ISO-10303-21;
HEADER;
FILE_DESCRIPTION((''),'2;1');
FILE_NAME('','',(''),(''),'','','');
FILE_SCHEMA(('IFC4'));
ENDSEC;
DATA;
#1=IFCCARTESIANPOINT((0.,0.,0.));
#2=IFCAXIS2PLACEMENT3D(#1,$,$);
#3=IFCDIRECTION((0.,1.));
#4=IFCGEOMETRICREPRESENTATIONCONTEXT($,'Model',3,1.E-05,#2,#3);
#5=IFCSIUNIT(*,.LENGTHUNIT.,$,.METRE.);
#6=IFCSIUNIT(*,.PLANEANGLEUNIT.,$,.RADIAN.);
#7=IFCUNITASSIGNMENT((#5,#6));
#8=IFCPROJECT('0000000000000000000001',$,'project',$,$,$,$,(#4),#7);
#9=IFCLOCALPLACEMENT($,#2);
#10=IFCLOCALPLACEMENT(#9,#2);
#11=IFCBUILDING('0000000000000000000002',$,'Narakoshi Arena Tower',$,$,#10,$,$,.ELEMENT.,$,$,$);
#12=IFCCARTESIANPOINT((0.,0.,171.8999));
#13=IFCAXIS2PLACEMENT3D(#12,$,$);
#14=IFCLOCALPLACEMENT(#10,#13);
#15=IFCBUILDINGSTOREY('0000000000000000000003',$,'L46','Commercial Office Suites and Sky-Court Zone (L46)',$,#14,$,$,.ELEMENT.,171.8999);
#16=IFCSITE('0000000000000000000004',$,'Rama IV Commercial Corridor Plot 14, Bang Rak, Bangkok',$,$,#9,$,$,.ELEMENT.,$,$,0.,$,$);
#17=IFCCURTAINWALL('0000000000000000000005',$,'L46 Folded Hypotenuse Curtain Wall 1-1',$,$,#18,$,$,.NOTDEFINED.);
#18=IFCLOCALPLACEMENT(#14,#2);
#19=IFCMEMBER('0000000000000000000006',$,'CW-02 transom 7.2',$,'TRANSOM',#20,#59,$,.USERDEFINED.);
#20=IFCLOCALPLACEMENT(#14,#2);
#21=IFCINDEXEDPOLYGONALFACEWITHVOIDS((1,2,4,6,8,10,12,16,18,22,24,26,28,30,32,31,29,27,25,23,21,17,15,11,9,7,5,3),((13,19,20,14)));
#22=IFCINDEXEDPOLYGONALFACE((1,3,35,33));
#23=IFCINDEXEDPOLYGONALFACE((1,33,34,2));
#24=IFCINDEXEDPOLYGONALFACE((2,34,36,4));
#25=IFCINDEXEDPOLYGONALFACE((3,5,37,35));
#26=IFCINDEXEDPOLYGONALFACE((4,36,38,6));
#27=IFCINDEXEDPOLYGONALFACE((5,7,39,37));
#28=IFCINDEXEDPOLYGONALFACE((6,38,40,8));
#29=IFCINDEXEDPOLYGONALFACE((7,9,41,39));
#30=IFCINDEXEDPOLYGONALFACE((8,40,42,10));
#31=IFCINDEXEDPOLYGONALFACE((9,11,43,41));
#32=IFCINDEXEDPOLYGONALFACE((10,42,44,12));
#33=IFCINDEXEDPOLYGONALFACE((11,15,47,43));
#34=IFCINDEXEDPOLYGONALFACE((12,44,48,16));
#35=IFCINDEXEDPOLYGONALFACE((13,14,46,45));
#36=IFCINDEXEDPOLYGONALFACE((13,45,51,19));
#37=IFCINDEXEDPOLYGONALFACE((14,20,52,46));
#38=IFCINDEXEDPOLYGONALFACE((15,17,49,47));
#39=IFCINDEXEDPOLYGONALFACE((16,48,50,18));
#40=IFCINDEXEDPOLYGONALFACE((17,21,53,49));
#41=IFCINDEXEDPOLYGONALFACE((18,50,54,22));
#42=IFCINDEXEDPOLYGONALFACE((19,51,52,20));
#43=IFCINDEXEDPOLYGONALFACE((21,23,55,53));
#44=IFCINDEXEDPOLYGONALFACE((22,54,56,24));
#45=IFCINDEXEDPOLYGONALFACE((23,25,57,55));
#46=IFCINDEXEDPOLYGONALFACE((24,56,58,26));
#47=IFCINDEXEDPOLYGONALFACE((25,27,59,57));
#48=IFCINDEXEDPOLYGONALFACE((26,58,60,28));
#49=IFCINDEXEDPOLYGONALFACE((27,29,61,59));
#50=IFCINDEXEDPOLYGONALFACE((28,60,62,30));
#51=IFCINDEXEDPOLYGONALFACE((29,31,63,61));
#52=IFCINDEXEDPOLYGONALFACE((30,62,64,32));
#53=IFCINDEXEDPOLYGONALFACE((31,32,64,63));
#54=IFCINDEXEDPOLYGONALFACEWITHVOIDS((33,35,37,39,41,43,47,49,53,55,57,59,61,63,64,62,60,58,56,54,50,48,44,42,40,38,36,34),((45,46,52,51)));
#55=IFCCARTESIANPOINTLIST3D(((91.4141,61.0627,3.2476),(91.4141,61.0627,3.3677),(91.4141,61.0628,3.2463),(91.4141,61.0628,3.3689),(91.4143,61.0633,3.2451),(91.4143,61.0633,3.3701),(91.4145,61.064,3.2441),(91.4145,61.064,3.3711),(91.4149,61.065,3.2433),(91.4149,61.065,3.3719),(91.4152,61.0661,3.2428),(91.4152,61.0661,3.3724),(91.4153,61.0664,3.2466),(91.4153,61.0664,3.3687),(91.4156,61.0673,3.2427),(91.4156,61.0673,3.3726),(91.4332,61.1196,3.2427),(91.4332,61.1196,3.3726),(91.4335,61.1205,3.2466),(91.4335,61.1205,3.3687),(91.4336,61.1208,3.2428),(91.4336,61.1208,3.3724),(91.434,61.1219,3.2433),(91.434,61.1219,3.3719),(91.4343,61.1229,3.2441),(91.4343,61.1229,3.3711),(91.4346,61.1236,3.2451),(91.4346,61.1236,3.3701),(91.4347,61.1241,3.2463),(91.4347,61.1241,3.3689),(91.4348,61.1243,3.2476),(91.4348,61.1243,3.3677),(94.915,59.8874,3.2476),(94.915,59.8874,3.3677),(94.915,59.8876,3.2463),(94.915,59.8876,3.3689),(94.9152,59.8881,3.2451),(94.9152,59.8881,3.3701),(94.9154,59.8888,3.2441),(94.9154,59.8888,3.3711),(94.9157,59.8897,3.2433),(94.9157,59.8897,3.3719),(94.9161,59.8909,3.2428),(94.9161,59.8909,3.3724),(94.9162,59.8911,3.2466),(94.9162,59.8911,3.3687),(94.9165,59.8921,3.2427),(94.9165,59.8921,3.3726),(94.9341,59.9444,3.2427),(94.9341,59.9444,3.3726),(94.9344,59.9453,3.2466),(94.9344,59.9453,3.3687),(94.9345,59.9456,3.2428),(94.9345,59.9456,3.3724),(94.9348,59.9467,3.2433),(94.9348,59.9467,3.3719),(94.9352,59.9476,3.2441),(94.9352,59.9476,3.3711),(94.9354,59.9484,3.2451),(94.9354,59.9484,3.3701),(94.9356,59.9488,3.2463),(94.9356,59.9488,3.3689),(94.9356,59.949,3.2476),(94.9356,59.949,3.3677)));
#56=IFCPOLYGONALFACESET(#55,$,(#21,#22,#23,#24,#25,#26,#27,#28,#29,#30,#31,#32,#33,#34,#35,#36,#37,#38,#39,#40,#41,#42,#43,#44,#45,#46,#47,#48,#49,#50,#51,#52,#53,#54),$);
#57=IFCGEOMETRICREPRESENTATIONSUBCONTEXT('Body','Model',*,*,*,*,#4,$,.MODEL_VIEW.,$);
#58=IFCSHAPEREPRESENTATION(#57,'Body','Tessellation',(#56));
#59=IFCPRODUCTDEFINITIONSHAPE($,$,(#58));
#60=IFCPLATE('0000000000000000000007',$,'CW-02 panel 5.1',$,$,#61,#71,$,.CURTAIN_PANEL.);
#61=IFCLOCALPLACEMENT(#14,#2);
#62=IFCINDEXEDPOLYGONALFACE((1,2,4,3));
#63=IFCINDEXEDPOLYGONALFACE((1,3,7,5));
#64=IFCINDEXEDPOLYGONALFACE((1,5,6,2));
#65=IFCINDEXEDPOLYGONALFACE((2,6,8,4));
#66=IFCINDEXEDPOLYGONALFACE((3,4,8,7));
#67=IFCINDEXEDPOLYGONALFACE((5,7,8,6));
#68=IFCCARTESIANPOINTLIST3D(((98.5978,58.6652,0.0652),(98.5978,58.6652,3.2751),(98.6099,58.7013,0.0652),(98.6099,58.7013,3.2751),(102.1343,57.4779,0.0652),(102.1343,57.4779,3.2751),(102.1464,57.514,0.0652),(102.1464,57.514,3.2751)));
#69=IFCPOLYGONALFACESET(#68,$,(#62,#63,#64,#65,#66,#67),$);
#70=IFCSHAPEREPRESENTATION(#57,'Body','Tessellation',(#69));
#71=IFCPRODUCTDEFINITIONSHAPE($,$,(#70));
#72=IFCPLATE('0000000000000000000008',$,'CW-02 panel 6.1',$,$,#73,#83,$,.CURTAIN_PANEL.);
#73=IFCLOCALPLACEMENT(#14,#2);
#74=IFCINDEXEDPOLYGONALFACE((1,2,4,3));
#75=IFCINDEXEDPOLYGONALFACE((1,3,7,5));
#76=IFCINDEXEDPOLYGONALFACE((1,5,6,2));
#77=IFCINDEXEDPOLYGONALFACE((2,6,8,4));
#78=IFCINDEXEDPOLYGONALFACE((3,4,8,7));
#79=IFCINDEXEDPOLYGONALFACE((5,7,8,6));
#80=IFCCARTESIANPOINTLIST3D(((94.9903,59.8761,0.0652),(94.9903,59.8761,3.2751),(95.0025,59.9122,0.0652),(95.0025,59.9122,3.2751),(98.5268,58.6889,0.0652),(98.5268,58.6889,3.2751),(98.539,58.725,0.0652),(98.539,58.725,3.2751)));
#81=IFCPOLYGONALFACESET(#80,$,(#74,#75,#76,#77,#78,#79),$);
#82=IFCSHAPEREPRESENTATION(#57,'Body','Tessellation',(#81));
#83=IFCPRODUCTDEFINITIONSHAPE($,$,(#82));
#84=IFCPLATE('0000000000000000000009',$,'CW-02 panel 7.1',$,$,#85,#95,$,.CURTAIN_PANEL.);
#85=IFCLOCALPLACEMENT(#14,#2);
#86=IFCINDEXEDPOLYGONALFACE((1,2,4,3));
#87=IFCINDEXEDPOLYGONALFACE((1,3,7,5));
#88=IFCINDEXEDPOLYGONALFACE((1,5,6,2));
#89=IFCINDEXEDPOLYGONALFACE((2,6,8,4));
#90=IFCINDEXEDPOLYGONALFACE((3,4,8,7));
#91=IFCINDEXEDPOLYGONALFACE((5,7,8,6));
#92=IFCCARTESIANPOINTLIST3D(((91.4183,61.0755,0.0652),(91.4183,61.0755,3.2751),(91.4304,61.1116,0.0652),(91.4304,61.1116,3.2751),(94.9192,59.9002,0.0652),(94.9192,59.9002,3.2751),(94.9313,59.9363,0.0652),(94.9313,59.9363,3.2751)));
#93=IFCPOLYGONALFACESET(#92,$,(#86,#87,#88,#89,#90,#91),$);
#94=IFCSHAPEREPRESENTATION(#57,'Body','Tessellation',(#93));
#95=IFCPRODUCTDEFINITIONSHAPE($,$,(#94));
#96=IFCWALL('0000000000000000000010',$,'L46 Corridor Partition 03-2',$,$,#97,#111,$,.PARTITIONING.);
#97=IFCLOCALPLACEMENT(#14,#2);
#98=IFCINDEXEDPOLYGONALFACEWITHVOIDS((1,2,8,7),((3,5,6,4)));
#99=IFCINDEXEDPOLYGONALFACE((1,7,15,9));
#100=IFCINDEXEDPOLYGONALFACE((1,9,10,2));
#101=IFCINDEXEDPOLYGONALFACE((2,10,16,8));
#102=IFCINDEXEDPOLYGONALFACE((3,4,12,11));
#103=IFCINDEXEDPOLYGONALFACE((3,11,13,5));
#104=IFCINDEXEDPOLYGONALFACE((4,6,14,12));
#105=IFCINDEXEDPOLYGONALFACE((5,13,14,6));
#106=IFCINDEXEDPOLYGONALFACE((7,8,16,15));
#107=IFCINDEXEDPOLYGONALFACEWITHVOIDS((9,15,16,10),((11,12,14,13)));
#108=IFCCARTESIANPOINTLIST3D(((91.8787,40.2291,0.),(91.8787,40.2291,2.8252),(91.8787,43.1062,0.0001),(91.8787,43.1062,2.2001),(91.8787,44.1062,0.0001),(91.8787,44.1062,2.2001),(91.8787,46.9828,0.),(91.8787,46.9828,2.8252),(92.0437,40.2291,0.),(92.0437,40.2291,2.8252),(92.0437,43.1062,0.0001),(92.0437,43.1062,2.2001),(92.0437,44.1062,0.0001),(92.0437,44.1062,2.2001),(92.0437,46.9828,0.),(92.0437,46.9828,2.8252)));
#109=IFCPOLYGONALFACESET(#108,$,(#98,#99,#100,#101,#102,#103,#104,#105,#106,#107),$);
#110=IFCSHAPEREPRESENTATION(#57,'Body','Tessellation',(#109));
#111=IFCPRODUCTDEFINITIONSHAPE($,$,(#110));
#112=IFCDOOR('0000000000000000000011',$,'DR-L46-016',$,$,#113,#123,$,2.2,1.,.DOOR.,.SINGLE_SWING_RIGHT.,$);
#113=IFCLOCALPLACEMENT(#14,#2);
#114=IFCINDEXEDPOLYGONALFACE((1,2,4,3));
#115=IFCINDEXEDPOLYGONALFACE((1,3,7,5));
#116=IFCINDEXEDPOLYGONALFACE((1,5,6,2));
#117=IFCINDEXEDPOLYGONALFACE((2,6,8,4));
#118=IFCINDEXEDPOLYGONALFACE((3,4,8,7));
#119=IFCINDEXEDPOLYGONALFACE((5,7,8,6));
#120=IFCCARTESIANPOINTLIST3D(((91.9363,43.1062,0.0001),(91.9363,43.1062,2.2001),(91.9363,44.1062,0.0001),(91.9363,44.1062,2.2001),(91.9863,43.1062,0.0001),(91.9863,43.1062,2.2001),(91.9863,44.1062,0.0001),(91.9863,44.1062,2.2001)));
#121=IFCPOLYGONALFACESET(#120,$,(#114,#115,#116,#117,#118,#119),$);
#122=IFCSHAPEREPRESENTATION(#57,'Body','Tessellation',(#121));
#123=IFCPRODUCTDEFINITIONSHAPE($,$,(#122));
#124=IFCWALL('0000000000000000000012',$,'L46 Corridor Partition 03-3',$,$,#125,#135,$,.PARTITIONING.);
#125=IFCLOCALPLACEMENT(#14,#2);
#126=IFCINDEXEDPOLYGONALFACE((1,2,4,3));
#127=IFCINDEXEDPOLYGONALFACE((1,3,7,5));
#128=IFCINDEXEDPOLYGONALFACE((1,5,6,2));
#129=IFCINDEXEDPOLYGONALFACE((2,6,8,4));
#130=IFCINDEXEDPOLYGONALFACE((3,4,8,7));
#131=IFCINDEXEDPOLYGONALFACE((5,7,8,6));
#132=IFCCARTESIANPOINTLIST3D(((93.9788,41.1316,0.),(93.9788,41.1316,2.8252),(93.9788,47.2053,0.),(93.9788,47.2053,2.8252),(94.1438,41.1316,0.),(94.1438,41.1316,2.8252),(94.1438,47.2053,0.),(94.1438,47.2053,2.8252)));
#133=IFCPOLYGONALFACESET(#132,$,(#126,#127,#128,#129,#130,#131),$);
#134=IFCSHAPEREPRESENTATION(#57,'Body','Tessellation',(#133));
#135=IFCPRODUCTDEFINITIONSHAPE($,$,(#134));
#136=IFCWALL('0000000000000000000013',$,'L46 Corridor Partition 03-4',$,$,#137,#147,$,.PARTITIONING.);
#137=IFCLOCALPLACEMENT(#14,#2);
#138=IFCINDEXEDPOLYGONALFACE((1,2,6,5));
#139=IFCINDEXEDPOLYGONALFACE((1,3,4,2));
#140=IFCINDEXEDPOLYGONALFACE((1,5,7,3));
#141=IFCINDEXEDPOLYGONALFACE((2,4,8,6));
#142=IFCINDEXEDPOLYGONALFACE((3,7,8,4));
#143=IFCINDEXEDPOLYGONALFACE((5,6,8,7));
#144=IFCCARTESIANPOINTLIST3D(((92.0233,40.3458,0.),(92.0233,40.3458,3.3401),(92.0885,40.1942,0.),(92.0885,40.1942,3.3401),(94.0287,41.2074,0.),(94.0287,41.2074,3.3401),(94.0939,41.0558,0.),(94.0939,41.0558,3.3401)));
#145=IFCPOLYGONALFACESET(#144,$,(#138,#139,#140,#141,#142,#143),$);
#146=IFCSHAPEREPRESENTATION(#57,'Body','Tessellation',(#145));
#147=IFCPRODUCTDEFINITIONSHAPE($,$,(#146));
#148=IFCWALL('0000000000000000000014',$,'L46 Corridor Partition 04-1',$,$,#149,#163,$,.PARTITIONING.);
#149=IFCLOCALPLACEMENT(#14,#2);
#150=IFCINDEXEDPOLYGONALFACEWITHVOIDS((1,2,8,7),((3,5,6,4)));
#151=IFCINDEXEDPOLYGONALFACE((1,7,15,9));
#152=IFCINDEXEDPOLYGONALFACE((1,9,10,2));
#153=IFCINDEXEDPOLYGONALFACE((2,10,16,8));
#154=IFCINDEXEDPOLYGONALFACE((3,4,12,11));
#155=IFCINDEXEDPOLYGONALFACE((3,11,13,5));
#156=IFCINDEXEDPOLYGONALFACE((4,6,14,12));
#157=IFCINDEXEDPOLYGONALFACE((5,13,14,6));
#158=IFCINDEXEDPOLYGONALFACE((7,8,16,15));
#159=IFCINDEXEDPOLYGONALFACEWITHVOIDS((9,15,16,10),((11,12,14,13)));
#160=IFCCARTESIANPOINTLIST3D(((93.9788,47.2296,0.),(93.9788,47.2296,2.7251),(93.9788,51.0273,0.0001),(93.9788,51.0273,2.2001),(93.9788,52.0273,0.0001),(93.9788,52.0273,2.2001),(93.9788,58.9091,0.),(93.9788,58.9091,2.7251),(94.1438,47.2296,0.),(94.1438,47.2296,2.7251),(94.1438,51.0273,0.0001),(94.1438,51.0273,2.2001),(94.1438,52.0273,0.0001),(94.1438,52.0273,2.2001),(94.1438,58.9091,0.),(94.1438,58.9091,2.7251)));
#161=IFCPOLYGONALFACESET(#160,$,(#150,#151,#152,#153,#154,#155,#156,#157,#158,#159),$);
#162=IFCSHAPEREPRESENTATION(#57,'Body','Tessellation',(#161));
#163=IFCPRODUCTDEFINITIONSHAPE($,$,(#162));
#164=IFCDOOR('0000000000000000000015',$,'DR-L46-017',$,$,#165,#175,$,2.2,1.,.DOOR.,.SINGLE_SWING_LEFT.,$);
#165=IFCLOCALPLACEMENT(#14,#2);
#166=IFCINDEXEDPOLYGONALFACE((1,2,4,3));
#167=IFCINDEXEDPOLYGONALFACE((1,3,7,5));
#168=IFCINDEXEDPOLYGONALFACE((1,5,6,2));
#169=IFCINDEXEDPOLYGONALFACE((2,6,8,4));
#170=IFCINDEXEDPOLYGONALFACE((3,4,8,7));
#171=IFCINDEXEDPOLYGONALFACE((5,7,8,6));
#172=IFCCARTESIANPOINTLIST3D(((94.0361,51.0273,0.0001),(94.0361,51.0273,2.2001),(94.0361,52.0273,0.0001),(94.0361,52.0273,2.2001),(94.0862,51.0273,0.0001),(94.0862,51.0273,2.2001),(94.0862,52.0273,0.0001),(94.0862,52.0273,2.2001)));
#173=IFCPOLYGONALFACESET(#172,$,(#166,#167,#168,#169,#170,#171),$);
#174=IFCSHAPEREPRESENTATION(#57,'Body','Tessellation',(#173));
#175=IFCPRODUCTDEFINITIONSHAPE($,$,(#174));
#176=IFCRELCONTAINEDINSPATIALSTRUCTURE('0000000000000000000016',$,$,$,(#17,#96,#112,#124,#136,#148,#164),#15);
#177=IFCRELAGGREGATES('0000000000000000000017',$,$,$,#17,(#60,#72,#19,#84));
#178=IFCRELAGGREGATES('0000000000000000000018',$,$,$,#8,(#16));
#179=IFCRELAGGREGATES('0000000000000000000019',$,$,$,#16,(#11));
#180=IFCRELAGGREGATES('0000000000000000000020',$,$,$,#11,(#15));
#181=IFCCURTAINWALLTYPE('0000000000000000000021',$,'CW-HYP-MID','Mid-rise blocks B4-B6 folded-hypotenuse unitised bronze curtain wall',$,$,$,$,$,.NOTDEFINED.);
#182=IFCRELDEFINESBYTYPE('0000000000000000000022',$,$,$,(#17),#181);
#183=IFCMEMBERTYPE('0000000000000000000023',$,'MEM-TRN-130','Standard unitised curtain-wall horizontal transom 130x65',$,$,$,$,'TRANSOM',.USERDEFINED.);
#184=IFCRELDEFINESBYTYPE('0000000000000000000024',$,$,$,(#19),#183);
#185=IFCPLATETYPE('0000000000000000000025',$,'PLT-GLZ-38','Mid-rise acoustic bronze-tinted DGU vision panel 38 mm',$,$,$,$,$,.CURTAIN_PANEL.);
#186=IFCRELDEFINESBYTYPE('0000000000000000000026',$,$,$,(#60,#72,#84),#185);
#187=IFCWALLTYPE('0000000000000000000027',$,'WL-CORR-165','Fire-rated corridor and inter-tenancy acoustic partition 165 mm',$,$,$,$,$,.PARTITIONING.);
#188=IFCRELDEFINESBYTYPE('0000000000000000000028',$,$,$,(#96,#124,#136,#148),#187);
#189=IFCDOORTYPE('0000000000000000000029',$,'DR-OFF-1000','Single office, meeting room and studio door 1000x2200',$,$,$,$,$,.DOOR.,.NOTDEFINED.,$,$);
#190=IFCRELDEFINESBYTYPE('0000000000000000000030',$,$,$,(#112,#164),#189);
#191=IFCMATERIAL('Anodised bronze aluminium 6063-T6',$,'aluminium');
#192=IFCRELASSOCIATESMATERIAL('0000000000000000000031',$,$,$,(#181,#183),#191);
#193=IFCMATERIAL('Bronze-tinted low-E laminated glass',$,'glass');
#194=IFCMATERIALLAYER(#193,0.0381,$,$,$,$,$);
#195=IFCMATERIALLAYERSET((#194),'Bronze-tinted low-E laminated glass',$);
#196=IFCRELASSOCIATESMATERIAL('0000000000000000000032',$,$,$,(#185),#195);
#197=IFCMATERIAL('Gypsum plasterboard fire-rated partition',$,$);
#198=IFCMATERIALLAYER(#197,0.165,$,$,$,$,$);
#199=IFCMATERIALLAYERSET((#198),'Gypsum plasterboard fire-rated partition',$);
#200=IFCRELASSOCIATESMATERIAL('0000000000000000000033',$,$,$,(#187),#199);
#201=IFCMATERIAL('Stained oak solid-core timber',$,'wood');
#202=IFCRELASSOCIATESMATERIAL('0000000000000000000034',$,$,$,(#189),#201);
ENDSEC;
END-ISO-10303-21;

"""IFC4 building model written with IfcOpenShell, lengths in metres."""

from ifc_helpers import new_model, si_unit, direction, frame, frame_2d, origin, origin_2d, place, context, subcontext, project, spatial, rectangle, hollow_rectangle, extrude, material, layer, layer_set, material_profile, profile_set, type_object, element, fill, aggregate, save


model = new_model("IFC4")

# Units and contexts
model_context = context("Model", 3, precision=1e-05, world=origin(), true_north=direction((0.0, 1.0)))
body_context = subcontext(model_context, "Body", "Model", "MODEL_VIEW")
ifc_project = project(units=[si_unit("LENGTHUNIT", "METRE"), si_unit("PLANEANGLEUNIT", "RADIAN")], contexts=[model_context])

# Site, building, storey
site_placement = place(None, origin())
site = spatial("IfcSite", under=ifc_project, at=site_placement, Name="Rama IV Commercial Corridor Plot 14, Bang Rak, Bangkok", CompositionType="ELEMENT", RefElevation=0.0)
building_placement = place(site_placement, origin())
building = spatial("IfcBuilding", under=site, at=building_placement, Name="Narakoshi Arena Tower", CompositionType="ELEMENT")
storey_placement = place(building_placement, frame((0.0, 0.0, 171.8999)))
storey = spatial("IfcBuildingStorey", under=building, at=storey_placement, Name="L46", Description="Commercial Office Suites and Sky-Court Zone (L46)", CompositionType="ELEMENT", Elevation=171.8999)

# Curtain wall, member, plates
ifc_material_1 = material(Name="Anodised bronze aluminium 6063-T6", Category="aluminium")
curtain_wall_type = type_object("IfcCurtainWallType", Name="CW-HYP-MID", Description="Mid-rise blocks B4-B6 folded-hypotenuse unitised bronze curtain wall", PredefinedType="NOTDEFINED", material=ifc_material_1)
curtain_wall_placement = place(storey_placement, origin())
curtain_wall = element("IfcCurtainWall", 1, at=curtain_wall_placement, inside=storey, type_object=curtain_wall_type, Name="L46 Folded Hypotenuse Curtain Wall 1-1", PredefinedType="NOTDEFINED")
ifc_material_profile_1 = material_profile(ifc_material_1, hollow_rectangle(XDim=0.0649, YDim=0.1299, WallThickness=0.0039, OuterFilletRadius=0.0049, at=origin_2d()), Name="TRN130x65x4")
ifc_profile_set_1 = profile_set([ifc_material_profile_1], Name="Anodised bronze aluminium 6063-T6")
member_type_1 = type_object("IfcMemberType", Name="MEM-TRN-130", Description="Standard unitised curtain-wall horizontal transom 130x65", ElementType="TRANSOM", PredefinedType="USERDEFINED", material=ifc_profile_set_1)
member_1_placement = place(storey_placement, frame((94.9253, 59.9182, 3.3076), z_axis=(-0.948007, 0.31825, 0.0), x_axis=(-0.31825, -0.948007, 0.0)))
member_1 = element("IfcMember", 2, at=member_1_placement, type_object=member_type_1, Name="CW-02 transom 7.2", ObjectType="TRANSOM", PredefinedType="USERDEFINED", context=body_context, shape_type="SweptSolid", body=[
    extrude(hollow_rectangle(XDim=0.0649, YDim=0.1299, WallThickness=0.0039, OuterFilletRadius=0.0049, at=origin_2d()), origin(), (0.0, 0.0, 1.0), 3.6929),
])
ifc_material_2 = material(Name="Bronze-tinted low-E laminated glass", Category="glass")
ifc_layer_1 = layer(ifc_material_2, 0.0381)
ifc_layer_set_1 = layer_set([ifc_layer_1], Name="Bronze-tinted low-E laminated glass")
plate_type = type_object("IfcPlateType", Name="PLT-GLZ-38", Description="Mid-rise acoustic bronze-tinted DGU vision panel 38 mm", PredefinedType="CURTAIN_PANEL", material=ifc_layer_set_1)
plate_1_placement = place(storey_placement, frame((100.3721, 58.0896, 0.0652), z_axis=(0.0, 0.0, 1.0), x_axis=(-0.948003, 0.318261, 0.0)))
plate_1 = element("IfcPlate", 3, at=plate_1_placement, type_object=plate_type, Name="CW-02 panel 5.1", PredefinedType="CURTAIN_PANEL", context=body_context, shape_type="SweptSolid", body=[
    extrude(rectangle(XDim=3.7305, YDim=0.0381, at=origin_2d()), origin(), (0.0, 0.0, 1.0), 3.21),
])
plate_2_placement = place(storey_placement, frame((96.7646, 59.3005, 0.0652), z_axis=(0.0, 0.0, 1.0), x_axis=(-0.948003, 0.318261, 0.0)))
plate_2 = element("IfcPlate", 4, at=plate_2_placement, type_object=plate_type, Name="CW-02 panel 6.1", PredefinedType="CURTAIN_PANEL", context=body_context, shape_type="SweptSolid", body=[
    extrude(rectangle(XDim=3.7305, YDim=0.0381, at=origin_2d()), origin(), (0.0, 0.0, 1.0), 3.21),
])
plate_3_placement = place(storey_placement, frame((93.1748, 60.5059, 0.0652), z_axis=(0.0, 0.0, 1.0), x_axis=(-0.948003, 0.318261, 0.0)))
plate_3 = element("IfcPlate", 5, at=plate_3_placement, type_object=plate_type, Name="CW-02 panel 7.1", PredefinedType="CURTAIN_PANEL", context=body_context, shape_type="SweptSolid", body=[
    extrude(rectangle(XDim=3.6929, YDim=0.0381, at=origin_2d()), origin(), (0.0, 0.0, 1.0), 3.21),
])
aggregate(curtain_wall, [plate_1, plate_2, member_1, plate_3])

# Wall, opening, door
ifc_material_3 = material(Name="Gypsum plasterboard fire-rated partition")
ifc_layer_2 = layer(ifc_material_3, 0.165)
ifc_layer_set_2 = layer_set([ifc_layer_2], Name="Gypsum plasterboard fire-rated partition")
wall_type_1 = type_object("IfcWallType", Name="WL-CORR-165", Description="Fire-rated corridor and inter-tenancy acoustic partition 165 mm", PredefinedType="PARTITIONING", material=ifc_layer_set_2)
wall_1_placement = place(storey_placement, frame((91.9612, 46.9829, 0.0), z_axis=(0.0, 0.0, 1.0), x_axis=(0.0, -1.0, 0.0)))
wall_1 = element("IfcWall", 6, at=wall_1_placement, inside=storey, type_object=wall_type_1, Name="L46 Corridor Partition 03-2", PredefinedType="PARTITIONING", context=body_context, shape_type="SweptSolid", body=[
    extrude(rectangle(XDim=6.7537, YDim=0.165, at=frame_2d((3.377, 0.0))), origin(), (0.0, 0.0, 1.0), 2.8252),
])
opening_1_placement = place(wall_1_placement, frame((2.8767, 0.0, 0.0)))
opening_1 = element("IfcOpeningElement", 7, at=opening_1_placement, cuts=wall_1, PredefinedType="OPENING", context=body_context, shape_type="SweptSolid", body=[
    extrude(rectangle(XDim=1.0, YDim=2.2, at=frame_2d((0.5, 1.1001))), frame((0.0, 0.0925, 0.0), z_axis=(0.0, -1.0, 0.0), x_axis=(1.0, 0.0, 0.0)), (0.0, 0.0, 1.0), 0.1851),
])
ifc_material_4 = material(Name="Stained oak solid-core timber", Category="wood")
door_type = type_object("IfcDoorType", Name="DR-OFF-1000", Description="Single office, meeting room and studio door 1000x2200", OperationType="NOTDEFINED", PredefinedType="DOOR", material=ifc_material_4)
door_1_placement = place(opening_1_placement, frame((1.0, 0.0, 0.0), z_axis=(0.0, 0.0, 1.0), x_axis=(-1.0, 0.0, 0.0)))
door_1 = element("IfcDoor", 8, at=door_1_placement, inside=storey, type_object=door_type, Name="DR-L46-016", OperationType="SINGLE_SWING_RIGHT", OverallHeight=2.2, OverallWidth=1.0, PredefinedType="DOOR", context=body_context, shape_type="SweptSolid", body=[
    extrude(rectangle(XDim=1.0, YDim=2.2, at=frame_2d((0.5, 1.1001))), frame((0.0, 0.0249, 0.0), z_axis=(0.0, -1.0, 0.0), x_axis=(1.0, 0.0, 0.0)), (0.0, 0.0, 1.0), 0.05),
])
fill(opening_1, door_1)

# Walls
wall_2_placement = place(storey_placement, frame((94.0613, 41.1316, 0.0), z_axis=(0.0, 0.0, 1.0), x_axis=(0.0, 1.0, 0.0)))
element("IfcWall", 9, at=wall_2_placement, inside=storey, type_object=wall_type_1, Name="L46 Corridor Partition 03-3", PredefinedType="PARTITIONING", context=body_context, shape_type="SweptSolid", body=[
    extrude(rectangle(XDim=6.0737, YDim=0.165, at=frame_2d((3.0369, 0.0))), origin(), (0.0, 0.0, 1.0), 2.8252),
])
wall_3_placement = place(storey_placement, frame((92.0559, 40.27, 0.0), z_axis=(0.0, 0.0, 1.0), x_axis=(0.918792, 0.394743, 0.0)))
element("IfcWall", 10, at=wall_3_placement, inside=storey, type_object=wall_type_1, Name="L46 Corridor Partition 03-4", PredefinedType="PARTITIONING", context=body_context, shape_type="SweptSolid", body=[
    extrude(rectangle(XDim=2.1826, YDim=0.165, at=frame_2d((1.0913, 0.0))), origin(), (0.0, 0.0, 1.0), 3.3401),
])

# Wall, opening, door
wall_4_placement = place(storey_placement, frame((94.0613, 47.2295, 0.0), z_axis=(0.0, 0.0, 1.0), x_axis=(0.0, 1.0, 0.0)))
wall_4 = element("IfcWall", 11, at=wall_4_placement, inside=storey, type_object=wall_type_1, Name="L46 Corridor Partition 04-1", PredefinedType="PARTITIONING", context=body_context, shape_type="SweptSolid", body=[
    extrude(rectangle(XDim=11.6794, YDim=0.165, at=frame_2d((5.8398, 0.0))), origin(), (0.0, 0.0, 1.0), 2.7251),
])
opening_2_placement = place(wall_4_placement, frame((3.7979, 0.0, 0.0)))
opening_2 = element("IfcOpeningElement", 12, at=opening_2_placement, cuts=wall_4, PredefinedType="OPENING", context=body_context, shape_type="SweptSolid", body=[
    extrude(rectangle(XDim=1.0, YDim=2.2, at=frame_2d((0.5, 1.1001))), frame((0.0, 0.0925, 0.0), z_axis=(0.0, -1.0, 0.0), x_axis=(1.0, 0.0, 0.0)), (0.0, 0.0, 1.0), 0.1851),
])
door_2_placement = place(opening_2_placement, frame((1.0, 0.0, 0.0), z_axis=(0.0, 0.0, 1.0), x_axis=(-1.0, 0.0, 0.0)))
door_2 = element("IfcDoor", 13, at=door_2_placement, inside=storey, type_object=door_type, Name="DR-L46-017", OperationType="SINGLE_SWING_LEFT", OverallHeight=2.2, OverallWidth=1.0, PredefinedType="DOOR", context=body_context, shape_type="SweptSolid", body=[
    extrude(rectangle(XDim=1.0, YDim=2.2, at=frame_2d((0.5, 1.1001))), frame((0.0, 0.0249, 0.0), z_axis=(0.0, -1.0, 0.0), x_axis=(1.0, 0.0, 0.0)), (0.0, 0.0, 1.0), 0.05),
])
fill(opening_2, door_2)

save(model, "model.ifc")
